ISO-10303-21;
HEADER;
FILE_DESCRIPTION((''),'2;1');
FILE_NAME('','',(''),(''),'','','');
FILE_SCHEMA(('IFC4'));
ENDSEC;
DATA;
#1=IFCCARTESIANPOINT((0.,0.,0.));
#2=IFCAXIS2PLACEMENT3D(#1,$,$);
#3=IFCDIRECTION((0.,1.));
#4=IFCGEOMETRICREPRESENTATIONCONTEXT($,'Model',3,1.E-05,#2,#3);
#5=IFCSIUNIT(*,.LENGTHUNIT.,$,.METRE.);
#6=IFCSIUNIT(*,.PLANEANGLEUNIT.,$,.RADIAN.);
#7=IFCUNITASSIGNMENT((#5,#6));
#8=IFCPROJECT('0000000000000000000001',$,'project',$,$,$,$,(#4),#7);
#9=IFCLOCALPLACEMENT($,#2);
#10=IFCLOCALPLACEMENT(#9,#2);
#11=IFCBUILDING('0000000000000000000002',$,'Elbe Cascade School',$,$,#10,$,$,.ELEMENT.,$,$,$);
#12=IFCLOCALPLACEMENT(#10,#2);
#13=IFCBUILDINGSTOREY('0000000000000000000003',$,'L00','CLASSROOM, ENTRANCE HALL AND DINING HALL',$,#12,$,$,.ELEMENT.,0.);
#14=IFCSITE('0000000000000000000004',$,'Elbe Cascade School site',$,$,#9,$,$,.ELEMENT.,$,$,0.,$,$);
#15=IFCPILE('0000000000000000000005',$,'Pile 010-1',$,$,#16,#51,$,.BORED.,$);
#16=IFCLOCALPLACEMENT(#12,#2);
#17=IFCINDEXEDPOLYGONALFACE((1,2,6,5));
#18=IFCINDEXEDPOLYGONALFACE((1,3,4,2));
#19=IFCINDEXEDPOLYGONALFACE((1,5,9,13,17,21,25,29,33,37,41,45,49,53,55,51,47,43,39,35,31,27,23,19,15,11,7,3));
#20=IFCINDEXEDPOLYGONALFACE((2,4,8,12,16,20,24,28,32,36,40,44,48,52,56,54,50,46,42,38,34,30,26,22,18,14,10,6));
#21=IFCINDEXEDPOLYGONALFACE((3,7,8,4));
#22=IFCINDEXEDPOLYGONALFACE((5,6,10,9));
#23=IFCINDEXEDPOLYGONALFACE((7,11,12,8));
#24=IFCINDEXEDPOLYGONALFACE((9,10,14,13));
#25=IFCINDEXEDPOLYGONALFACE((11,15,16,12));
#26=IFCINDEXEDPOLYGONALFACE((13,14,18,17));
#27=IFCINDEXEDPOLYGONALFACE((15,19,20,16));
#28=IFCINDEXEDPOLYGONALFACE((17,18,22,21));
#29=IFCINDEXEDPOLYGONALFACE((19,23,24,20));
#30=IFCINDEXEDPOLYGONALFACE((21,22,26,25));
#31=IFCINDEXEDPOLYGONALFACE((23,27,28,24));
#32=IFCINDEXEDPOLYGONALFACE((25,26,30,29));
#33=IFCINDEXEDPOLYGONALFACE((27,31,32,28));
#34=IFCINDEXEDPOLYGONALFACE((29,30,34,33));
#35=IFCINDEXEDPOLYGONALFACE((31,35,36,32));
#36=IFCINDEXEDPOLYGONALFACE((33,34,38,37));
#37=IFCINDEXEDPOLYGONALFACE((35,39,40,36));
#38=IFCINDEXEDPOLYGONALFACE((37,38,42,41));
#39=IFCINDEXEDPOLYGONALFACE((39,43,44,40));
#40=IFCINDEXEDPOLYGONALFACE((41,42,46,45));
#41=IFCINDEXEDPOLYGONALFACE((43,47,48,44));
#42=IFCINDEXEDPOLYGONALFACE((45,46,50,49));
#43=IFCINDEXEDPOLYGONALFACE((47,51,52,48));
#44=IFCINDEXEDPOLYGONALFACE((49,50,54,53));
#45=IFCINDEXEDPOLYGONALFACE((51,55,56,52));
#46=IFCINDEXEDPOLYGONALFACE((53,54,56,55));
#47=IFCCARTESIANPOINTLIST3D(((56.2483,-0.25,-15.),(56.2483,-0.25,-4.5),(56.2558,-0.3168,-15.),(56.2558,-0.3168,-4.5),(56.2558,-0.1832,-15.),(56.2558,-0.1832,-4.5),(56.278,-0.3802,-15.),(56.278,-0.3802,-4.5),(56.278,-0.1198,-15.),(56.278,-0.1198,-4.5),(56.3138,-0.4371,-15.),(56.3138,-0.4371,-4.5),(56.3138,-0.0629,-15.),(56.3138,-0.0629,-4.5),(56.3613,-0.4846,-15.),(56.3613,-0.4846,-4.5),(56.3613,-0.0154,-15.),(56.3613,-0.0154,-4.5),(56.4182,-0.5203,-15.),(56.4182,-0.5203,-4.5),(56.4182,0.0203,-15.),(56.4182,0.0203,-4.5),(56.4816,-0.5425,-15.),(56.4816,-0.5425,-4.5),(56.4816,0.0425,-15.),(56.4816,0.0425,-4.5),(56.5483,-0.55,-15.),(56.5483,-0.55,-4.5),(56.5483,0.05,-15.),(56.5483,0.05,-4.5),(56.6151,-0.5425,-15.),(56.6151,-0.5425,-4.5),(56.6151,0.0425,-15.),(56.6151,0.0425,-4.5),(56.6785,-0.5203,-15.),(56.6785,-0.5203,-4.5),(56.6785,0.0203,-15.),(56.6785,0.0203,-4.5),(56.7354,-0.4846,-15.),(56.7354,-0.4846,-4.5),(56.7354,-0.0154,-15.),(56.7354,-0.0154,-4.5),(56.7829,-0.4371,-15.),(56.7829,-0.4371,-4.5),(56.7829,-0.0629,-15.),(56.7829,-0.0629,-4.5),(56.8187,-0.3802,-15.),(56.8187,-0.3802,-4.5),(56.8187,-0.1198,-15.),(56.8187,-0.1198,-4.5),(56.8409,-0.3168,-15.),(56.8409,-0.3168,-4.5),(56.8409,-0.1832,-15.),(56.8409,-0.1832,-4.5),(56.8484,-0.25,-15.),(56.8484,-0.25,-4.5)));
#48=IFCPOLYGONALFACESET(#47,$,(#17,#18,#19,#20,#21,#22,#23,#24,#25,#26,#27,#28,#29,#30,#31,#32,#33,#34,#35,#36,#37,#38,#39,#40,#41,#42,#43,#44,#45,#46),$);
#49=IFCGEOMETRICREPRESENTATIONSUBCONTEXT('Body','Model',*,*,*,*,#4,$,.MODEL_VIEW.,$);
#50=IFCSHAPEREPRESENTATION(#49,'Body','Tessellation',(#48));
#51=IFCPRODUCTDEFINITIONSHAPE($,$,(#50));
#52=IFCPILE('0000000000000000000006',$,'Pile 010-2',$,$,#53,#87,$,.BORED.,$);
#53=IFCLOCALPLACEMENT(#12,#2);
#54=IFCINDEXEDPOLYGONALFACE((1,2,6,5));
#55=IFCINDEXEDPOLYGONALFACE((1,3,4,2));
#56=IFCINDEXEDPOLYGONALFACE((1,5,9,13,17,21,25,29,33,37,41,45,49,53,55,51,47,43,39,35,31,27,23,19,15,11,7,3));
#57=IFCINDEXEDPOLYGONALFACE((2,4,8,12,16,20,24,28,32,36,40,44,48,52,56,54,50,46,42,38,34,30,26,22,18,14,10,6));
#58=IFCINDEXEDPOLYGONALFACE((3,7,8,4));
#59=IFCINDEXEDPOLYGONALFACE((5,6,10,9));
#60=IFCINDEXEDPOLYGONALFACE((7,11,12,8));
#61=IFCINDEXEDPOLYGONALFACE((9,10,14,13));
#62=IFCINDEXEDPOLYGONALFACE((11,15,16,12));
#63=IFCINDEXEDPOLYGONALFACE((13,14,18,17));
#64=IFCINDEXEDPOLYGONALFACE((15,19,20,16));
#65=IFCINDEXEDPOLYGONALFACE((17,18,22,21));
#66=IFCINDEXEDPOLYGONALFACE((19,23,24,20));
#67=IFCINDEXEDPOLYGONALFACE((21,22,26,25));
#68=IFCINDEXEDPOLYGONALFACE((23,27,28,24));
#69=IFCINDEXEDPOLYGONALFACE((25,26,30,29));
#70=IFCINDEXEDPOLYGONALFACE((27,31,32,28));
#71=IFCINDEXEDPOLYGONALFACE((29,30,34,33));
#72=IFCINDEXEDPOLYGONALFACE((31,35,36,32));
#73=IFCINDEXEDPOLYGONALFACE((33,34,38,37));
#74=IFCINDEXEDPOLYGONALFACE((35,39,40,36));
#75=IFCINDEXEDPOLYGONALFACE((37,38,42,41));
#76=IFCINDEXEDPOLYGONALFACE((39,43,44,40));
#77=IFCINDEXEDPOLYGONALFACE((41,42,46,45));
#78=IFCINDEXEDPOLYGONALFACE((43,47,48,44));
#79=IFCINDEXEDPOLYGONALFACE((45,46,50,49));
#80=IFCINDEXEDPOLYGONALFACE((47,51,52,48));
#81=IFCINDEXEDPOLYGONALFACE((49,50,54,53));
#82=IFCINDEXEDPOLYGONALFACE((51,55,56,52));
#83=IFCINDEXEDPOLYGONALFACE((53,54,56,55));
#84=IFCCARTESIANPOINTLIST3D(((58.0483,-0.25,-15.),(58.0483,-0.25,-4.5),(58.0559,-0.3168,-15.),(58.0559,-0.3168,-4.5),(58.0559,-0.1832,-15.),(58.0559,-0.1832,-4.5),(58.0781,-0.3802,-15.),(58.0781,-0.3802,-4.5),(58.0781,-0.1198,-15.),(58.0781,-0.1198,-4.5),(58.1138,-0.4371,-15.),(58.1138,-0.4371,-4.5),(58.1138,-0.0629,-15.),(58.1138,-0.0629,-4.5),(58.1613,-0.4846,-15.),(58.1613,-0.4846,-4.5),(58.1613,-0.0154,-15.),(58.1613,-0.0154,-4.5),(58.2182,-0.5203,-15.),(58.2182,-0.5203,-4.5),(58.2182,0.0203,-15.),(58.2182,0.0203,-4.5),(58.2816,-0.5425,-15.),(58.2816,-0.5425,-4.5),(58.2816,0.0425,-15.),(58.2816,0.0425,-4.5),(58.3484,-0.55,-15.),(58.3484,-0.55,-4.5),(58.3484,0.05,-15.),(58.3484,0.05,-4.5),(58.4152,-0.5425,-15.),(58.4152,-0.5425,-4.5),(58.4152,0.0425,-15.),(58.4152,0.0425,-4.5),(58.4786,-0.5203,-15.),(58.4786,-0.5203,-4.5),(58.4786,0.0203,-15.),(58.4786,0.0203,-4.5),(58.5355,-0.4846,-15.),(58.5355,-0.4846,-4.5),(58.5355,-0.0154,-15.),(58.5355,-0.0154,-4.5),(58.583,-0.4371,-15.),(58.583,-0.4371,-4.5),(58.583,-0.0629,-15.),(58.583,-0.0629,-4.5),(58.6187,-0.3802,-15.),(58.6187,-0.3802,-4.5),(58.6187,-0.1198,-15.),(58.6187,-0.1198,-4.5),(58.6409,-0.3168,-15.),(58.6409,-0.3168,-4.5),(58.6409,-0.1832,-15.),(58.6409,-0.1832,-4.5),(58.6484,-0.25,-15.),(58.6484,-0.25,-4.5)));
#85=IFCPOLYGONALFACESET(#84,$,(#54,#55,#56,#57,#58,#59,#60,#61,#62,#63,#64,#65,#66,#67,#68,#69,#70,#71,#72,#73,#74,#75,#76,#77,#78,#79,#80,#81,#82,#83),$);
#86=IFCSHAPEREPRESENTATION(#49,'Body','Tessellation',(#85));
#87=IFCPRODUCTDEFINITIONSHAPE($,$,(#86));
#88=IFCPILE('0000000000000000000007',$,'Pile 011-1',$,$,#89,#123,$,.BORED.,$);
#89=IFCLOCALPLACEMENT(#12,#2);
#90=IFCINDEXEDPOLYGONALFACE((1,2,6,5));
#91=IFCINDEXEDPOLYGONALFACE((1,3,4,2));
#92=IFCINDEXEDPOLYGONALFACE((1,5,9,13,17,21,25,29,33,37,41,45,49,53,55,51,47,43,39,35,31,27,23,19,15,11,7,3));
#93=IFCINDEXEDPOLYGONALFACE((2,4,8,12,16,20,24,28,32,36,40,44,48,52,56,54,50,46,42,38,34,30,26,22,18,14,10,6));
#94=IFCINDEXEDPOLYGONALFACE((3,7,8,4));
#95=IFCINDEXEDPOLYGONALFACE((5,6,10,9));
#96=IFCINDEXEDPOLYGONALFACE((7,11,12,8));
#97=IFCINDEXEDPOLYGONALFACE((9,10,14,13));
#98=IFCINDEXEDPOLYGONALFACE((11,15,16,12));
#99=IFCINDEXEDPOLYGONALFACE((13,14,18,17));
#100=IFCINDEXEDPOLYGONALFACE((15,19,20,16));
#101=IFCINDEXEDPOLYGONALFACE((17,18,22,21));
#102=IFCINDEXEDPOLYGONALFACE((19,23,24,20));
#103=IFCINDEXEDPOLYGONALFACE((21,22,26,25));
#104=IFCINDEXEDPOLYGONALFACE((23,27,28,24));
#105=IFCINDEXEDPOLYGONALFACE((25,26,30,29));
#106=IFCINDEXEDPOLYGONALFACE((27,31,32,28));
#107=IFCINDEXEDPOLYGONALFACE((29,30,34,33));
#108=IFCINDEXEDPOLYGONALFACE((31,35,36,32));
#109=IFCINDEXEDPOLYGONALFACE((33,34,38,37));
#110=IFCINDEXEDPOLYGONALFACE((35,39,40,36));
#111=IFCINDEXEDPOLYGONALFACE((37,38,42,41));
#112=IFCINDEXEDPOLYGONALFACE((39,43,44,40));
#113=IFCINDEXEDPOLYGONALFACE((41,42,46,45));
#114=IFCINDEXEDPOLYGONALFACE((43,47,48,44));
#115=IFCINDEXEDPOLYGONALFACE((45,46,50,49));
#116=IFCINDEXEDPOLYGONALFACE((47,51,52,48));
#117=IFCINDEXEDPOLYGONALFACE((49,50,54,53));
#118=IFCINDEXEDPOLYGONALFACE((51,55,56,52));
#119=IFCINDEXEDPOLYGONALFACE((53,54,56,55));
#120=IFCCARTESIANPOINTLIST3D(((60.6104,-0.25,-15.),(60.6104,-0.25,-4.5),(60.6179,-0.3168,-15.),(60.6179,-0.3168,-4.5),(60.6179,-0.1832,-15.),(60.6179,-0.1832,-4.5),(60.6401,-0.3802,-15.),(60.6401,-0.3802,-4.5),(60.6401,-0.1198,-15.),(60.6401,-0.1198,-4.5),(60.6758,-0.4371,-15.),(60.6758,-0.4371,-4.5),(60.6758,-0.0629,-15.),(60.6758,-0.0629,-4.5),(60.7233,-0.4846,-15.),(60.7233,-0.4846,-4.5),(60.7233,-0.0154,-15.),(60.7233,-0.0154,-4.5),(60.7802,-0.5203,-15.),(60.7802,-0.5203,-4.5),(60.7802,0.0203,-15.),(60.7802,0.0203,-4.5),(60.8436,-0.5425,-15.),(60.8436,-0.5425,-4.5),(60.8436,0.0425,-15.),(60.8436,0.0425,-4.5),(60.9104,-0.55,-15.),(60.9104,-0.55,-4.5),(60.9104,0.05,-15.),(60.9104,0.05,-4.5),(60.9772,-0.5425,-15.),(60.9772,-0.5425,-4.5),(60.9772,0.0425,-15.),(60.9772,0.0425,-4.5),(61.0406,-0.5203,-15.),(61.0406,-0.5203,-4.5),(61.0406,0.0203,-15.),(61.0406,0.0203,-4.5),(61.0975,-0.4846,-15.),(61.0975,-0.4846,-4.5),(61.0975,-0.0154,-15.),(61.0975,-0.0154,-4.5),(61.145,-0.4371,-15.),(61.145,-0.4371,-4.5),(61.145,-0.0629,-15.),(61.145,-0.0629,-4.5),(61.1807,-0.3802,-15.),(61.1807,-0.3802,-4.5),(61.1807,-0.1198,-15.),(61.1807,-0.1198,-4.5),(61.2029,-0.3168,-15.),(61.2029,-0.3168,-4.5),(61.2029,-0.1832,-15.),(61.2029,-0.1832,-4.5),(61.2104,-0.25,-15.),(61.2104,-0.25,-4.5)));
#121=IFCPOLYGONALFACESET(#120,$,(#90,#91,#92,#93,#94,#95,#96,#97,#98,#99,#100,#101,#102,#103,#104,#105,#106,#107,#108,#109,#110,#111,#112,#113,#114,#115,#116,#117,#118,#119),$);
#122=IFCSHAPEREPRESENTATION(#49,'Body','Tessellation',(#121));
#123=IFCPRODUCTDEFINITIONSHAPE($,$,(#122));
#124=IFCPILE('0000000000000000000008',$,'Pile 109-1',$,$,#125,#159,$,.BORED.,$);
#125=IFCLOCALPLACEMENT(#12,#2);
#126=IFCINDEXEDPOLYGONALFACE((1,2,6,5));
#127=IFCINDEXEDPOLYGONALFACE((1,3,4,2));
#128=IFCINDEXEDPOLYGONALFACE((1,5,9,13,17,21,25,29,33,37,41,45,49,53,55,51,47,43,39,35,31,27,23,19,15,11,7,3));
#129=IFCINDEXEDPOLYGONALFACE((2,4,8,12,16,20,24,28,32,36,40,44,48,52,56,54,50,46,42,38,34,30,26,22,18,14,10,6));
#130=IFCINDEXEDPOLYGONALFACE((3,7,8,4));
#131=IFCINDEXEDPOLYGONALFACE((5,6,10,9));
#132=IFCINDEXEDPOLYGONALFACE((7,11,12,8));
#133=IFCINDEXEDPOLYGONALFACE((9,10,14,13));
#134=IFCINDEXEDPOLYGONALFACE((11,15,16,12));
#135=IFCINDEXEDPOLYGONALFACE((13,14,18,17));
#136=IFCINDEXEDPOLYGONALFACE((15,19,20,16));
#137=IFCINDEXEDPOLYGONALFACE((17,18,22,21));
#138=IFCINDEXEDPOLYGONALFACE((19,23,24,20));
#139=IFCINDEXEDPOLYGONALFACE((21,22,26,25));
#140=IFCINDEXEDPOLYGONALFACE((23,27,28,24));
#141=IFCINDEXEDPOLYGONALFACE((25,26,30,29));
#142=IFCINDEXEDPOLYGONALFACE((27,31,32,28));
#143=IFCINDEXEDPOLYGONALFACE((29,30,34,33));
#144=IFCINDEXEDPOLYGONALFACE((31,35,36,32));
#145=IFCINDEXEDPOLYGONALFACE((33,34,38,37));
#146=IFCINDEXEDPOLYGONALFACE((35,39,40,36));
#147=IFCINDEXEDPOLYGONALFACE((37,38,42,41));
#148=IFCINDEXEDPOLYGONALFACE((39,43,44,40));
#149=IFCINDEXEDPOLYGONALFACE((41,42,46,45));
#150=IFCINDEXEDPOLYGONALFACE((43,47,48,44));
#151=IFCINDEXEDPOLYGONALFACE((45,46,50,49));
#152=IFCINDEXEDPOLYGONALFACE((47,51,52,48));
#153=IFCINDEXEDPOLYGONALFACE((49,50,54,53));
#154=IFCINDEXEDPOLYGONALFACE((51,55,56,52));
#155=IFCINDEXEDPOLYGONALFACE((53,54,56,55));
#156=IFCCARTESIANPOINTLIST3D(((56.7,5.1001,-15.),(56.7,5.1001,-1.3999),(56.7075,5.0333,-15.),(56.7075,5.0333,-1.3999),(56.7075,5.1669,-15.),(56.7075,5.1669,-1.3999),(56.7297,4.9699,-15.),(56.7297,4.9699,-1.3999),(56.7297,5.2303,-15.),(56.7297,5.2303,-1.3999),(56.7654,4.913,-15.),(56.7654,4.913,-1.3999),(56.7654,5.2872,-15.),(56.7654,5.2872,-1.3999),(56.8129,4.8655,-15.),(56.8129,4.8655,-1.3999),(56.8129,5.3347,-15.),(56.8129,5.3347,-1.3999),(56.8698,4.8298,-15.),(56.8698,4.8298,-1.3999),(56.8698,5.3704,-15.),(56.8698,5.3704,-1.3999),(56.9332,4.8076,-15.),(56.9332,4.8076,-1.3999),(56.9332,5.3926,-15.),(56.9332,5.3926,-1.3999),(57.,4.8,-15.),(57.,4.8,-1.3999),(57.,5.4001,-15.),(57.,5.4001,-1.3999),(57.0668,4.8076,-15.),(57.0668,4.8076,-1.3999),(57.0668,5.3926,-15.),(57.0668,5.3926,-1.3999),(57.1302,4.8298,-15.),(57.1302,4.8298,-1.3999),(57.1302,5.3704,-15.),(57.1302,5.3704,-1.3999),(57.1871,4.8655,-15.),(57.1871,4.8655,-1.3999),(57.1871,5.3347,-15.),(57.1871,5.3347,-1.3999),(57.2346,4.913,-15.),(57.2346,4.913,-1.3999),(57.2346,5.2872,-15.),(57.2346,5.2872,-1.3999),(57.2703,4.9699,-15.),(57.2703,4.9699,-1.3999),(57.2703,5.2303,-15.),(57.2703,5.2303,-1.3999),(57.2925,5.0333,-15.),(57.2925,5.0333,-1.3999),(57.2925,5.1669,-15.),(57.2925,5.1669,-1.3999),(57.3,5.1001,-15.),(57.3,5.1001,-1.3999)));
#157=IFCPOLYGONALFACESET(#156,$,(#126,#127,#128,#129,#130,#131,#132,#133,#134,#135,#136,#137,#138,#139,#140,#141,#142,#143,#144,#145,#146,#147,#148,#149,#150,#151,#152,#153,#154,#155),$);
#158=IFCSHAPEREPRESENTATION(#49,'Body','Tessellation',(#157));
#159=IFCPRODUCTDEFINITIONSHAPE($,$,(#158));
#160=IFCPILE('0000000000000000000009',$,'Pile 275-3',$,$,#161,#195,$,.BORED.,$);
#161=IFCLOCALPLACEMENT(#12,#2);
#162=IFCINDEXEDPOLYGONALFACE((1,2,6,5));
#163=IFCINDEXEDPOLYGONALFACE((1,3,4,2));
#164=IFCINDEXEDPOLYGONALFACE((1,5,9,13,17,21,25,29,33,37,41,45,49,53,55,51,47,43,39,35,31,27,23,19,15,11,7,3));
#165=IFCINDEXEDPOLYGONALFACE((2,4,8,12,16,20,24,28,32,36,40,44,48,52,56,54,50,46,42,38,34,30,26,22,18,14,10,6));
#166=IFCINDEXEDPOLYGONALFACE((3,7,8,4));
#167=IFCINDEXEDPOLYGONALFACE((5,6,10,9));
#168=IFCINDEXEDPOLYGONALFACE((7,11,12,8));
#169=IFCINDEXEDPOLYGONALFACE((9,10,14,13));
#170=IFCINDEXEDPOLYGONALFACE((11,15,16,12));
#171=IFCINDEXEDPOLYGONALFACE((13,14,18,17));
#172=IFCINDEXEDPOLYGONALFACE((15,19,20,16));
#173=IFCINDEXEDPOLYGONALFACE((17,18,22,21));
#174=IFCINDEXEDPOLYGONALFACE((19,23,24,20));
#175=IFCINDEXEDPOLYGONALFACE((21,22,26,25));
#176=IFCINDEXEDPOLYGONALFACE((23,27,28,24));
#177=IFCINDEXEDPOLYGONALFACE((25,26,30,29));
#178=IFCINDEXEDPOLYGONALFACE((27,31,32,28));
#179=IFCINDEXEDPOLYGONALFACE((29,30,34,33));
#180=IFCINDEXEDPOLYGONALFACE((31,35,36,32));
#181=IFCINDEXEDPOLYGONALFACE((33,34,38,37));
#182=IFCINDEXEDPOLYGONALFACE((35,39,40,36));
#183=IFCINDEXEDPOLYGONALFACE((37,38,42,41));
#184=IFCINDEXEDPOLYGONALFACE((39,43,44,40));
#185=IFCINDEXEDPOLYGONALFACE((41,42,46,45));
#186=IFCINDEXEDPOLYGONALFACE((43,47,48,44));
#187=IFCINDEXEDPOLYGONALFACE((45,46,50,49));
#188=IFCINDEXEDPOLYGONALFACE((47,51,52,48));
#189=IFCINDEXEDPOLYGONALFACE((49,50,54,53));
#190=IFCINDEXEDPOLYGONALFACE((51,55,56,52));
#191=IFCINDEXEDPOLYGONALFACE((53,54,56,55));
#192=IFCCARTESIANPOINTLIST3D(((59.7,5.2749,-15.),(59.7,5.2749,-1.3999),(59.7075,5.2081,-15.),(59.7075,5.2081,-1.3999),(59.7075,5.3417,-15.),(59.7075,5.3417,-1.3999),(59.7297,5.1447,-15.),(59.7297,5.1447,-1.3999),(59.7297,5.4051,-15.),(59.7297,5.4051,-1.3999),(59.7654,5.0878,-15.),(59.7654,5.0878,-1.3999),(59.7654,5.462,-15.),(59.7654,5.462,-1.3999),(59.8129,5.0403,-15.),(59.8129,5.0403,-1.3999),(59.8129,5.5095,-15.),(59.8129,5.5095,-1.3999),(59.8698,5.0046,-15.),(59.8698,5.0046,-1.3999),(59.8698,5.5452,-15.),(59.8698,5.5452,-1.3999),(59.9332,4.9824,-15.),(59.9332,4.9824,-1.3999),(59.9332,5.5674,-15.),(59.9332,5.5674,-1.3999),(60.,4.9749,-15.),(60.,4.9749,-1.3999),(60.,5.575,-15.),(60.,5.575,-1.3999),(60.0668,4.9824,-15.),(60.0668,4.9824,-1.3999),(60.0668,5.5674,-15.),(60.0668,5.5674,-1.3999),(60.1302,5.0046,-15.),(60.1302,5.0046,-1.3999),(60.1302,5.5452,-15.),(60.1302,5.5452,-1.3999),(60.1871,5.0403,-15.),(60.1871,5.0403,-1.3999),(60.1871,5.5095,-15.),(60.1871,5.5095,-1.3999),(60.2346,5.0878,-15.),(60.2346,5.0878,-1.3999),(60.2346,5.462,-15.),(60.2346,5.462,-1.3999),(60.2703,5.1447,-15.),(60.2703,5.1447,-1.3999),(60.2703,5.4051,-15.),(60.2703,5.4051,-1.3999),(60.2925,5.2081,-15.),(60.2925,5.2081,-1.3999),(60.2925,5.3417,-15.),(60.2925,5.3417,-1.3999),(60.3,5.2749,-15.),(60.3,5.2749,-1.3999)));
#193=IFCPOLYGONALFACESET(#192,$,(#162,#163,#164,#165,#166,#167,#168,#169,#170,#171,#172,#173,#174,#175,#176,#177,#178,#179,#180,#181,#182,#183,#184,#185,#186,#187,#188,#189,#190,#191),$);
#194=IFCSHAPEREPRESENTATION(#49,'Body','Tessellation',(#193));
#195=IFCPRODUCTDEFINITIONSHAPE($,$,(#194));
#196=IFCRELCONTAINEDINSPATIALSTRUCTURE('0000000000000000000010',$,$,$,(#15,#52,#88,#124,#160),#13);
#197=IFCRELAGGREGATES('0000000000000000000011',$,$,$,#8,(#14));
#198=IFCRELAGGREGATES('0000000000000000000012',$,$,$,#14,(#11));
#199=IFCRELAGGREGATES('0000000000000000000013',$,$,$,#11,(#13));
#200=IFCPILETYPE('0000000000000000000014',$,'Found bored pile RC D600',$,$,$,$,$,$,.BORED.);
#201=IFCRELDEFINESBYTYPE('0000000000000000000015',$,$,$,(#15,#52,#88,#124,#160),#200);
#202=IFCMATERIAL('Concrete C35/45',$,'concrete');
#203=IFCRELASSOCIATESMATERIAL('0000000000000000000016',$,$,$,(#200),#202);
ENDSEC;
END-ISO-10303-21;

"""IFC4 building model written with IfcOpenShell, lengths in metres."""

from ifc_helpers import new_model, si_unit, direction, frame, origin, origin_2d, place, context, subcontext, project, spatial, circle, extrude, material, material_profile, profile_set, type_object, element, save


model = new_model("IFC4")

# Units and contexts
model_context = context("Model", 3, precision=1e-05, world=origin(), true_north=direction((0.0, 1.0)))
body_context = subcontext(model_context, "Body", "Model", "MODEL_VIEW")
ifc_project = project(units=[si_unit("LENGTHUNIT", "METRE"), si_unit("PLANEANGLEUNIT", "RADIAN")], contexts=[model_context])

# Site, building, storey
site_placement = place(None, origin())
site = spatial("IfcSite", under=ifc_project, at=site_placement, Name="Elbe Cascade School site", CompositionType="ELEMENT", RefElevation=0.0)
building_placement = place(site_placement, origin())
building = spatial("IfcBuilding", under=site, at=building_placement, Name="Elbe Cascade School", CompositionType="ELEMENT")
storey_placement = place(building_placement, origin())
storey = spatial("IfcBuildingStorey", under=building, at=storey_placement, Name="L00", Description="CLASSROOM, ENTRANCE HALL AND DINING HALL", CompositionType="ELEMENT", Elevation=0.0)

# Piles
ifc_material_1 = material(Name="Concrete C35/45", Category="concrete")
ifc_material_profile_1 = material_profile(ifc_material_1, circle(Radius=0.3, at=origin_2d()), Name="RC D600")
ifc_profile_set_1 = profile_set([ifc_material_profile_1], Name="Concrete C35/45")
pile_type = type_object("IfcPileType", Name="Found bored pile RC D600", PredefinedType="BORED", material=ifc_profile_set_1)
for number, where, z_axis, x_axis, name in (
    (1, (56.5483, -0.25, -4.5), (0.0, 0.0, -1.0), (1.0, 0.0, 0.0), "Pile 010-1"),
    (2, (58.3484, -0.25, -4.5), (0.0, 0.0, -1.0), (1.0, 0.0, 0.0), "Pile 010-2"),
    (3, (60.9104, -0.25, -4.5), (0.0, 0.0, -1.0), (1.0, 0.0, 0.0), "Pile 011-1"),
):
    element("IfcPile", number, at=place(storey_placement, frame(where, z_axis=z_axis, x_axis=x_axis)), inside=storey, type_object=pile_type, Name=name, PredefinedType="BORED", context=body_context, shape_type="SweptSolid", body=[
        extrude(circle(Radius=0.3, at=origin_2d()), origin(), (0.0, 0.0, 1.0), 10.5),
    ])
for number, where, z_axis, x_axis, name in (
    (4, (57.0, 5.1001, -1.3999), (0.0, 0.0, -1.0), (1.0, 0.0, 0.0), "Pile 109-1"),
    (5, (60.0, 5.2749, -1.3999), (0.0, 0.0, -1.0), (1.0, 0.0, 0.0), "Pile 275-3"),
):
    element("IfcPile", number, at=place(storey_placement, frame(where, z_axis=z_axis, x_axis=x_axis)), inside=storey, type_object=pile_type, Name=name, PredefinedType="BORED", context=body_context, shape_type="SweptSolid", body=[
        extrude(circle(Radius=0.3, at=origin_2d()), origin(), (0.0, 0.0, 1.0), 13.6001),
    ])

save(model, "model.ifc")
